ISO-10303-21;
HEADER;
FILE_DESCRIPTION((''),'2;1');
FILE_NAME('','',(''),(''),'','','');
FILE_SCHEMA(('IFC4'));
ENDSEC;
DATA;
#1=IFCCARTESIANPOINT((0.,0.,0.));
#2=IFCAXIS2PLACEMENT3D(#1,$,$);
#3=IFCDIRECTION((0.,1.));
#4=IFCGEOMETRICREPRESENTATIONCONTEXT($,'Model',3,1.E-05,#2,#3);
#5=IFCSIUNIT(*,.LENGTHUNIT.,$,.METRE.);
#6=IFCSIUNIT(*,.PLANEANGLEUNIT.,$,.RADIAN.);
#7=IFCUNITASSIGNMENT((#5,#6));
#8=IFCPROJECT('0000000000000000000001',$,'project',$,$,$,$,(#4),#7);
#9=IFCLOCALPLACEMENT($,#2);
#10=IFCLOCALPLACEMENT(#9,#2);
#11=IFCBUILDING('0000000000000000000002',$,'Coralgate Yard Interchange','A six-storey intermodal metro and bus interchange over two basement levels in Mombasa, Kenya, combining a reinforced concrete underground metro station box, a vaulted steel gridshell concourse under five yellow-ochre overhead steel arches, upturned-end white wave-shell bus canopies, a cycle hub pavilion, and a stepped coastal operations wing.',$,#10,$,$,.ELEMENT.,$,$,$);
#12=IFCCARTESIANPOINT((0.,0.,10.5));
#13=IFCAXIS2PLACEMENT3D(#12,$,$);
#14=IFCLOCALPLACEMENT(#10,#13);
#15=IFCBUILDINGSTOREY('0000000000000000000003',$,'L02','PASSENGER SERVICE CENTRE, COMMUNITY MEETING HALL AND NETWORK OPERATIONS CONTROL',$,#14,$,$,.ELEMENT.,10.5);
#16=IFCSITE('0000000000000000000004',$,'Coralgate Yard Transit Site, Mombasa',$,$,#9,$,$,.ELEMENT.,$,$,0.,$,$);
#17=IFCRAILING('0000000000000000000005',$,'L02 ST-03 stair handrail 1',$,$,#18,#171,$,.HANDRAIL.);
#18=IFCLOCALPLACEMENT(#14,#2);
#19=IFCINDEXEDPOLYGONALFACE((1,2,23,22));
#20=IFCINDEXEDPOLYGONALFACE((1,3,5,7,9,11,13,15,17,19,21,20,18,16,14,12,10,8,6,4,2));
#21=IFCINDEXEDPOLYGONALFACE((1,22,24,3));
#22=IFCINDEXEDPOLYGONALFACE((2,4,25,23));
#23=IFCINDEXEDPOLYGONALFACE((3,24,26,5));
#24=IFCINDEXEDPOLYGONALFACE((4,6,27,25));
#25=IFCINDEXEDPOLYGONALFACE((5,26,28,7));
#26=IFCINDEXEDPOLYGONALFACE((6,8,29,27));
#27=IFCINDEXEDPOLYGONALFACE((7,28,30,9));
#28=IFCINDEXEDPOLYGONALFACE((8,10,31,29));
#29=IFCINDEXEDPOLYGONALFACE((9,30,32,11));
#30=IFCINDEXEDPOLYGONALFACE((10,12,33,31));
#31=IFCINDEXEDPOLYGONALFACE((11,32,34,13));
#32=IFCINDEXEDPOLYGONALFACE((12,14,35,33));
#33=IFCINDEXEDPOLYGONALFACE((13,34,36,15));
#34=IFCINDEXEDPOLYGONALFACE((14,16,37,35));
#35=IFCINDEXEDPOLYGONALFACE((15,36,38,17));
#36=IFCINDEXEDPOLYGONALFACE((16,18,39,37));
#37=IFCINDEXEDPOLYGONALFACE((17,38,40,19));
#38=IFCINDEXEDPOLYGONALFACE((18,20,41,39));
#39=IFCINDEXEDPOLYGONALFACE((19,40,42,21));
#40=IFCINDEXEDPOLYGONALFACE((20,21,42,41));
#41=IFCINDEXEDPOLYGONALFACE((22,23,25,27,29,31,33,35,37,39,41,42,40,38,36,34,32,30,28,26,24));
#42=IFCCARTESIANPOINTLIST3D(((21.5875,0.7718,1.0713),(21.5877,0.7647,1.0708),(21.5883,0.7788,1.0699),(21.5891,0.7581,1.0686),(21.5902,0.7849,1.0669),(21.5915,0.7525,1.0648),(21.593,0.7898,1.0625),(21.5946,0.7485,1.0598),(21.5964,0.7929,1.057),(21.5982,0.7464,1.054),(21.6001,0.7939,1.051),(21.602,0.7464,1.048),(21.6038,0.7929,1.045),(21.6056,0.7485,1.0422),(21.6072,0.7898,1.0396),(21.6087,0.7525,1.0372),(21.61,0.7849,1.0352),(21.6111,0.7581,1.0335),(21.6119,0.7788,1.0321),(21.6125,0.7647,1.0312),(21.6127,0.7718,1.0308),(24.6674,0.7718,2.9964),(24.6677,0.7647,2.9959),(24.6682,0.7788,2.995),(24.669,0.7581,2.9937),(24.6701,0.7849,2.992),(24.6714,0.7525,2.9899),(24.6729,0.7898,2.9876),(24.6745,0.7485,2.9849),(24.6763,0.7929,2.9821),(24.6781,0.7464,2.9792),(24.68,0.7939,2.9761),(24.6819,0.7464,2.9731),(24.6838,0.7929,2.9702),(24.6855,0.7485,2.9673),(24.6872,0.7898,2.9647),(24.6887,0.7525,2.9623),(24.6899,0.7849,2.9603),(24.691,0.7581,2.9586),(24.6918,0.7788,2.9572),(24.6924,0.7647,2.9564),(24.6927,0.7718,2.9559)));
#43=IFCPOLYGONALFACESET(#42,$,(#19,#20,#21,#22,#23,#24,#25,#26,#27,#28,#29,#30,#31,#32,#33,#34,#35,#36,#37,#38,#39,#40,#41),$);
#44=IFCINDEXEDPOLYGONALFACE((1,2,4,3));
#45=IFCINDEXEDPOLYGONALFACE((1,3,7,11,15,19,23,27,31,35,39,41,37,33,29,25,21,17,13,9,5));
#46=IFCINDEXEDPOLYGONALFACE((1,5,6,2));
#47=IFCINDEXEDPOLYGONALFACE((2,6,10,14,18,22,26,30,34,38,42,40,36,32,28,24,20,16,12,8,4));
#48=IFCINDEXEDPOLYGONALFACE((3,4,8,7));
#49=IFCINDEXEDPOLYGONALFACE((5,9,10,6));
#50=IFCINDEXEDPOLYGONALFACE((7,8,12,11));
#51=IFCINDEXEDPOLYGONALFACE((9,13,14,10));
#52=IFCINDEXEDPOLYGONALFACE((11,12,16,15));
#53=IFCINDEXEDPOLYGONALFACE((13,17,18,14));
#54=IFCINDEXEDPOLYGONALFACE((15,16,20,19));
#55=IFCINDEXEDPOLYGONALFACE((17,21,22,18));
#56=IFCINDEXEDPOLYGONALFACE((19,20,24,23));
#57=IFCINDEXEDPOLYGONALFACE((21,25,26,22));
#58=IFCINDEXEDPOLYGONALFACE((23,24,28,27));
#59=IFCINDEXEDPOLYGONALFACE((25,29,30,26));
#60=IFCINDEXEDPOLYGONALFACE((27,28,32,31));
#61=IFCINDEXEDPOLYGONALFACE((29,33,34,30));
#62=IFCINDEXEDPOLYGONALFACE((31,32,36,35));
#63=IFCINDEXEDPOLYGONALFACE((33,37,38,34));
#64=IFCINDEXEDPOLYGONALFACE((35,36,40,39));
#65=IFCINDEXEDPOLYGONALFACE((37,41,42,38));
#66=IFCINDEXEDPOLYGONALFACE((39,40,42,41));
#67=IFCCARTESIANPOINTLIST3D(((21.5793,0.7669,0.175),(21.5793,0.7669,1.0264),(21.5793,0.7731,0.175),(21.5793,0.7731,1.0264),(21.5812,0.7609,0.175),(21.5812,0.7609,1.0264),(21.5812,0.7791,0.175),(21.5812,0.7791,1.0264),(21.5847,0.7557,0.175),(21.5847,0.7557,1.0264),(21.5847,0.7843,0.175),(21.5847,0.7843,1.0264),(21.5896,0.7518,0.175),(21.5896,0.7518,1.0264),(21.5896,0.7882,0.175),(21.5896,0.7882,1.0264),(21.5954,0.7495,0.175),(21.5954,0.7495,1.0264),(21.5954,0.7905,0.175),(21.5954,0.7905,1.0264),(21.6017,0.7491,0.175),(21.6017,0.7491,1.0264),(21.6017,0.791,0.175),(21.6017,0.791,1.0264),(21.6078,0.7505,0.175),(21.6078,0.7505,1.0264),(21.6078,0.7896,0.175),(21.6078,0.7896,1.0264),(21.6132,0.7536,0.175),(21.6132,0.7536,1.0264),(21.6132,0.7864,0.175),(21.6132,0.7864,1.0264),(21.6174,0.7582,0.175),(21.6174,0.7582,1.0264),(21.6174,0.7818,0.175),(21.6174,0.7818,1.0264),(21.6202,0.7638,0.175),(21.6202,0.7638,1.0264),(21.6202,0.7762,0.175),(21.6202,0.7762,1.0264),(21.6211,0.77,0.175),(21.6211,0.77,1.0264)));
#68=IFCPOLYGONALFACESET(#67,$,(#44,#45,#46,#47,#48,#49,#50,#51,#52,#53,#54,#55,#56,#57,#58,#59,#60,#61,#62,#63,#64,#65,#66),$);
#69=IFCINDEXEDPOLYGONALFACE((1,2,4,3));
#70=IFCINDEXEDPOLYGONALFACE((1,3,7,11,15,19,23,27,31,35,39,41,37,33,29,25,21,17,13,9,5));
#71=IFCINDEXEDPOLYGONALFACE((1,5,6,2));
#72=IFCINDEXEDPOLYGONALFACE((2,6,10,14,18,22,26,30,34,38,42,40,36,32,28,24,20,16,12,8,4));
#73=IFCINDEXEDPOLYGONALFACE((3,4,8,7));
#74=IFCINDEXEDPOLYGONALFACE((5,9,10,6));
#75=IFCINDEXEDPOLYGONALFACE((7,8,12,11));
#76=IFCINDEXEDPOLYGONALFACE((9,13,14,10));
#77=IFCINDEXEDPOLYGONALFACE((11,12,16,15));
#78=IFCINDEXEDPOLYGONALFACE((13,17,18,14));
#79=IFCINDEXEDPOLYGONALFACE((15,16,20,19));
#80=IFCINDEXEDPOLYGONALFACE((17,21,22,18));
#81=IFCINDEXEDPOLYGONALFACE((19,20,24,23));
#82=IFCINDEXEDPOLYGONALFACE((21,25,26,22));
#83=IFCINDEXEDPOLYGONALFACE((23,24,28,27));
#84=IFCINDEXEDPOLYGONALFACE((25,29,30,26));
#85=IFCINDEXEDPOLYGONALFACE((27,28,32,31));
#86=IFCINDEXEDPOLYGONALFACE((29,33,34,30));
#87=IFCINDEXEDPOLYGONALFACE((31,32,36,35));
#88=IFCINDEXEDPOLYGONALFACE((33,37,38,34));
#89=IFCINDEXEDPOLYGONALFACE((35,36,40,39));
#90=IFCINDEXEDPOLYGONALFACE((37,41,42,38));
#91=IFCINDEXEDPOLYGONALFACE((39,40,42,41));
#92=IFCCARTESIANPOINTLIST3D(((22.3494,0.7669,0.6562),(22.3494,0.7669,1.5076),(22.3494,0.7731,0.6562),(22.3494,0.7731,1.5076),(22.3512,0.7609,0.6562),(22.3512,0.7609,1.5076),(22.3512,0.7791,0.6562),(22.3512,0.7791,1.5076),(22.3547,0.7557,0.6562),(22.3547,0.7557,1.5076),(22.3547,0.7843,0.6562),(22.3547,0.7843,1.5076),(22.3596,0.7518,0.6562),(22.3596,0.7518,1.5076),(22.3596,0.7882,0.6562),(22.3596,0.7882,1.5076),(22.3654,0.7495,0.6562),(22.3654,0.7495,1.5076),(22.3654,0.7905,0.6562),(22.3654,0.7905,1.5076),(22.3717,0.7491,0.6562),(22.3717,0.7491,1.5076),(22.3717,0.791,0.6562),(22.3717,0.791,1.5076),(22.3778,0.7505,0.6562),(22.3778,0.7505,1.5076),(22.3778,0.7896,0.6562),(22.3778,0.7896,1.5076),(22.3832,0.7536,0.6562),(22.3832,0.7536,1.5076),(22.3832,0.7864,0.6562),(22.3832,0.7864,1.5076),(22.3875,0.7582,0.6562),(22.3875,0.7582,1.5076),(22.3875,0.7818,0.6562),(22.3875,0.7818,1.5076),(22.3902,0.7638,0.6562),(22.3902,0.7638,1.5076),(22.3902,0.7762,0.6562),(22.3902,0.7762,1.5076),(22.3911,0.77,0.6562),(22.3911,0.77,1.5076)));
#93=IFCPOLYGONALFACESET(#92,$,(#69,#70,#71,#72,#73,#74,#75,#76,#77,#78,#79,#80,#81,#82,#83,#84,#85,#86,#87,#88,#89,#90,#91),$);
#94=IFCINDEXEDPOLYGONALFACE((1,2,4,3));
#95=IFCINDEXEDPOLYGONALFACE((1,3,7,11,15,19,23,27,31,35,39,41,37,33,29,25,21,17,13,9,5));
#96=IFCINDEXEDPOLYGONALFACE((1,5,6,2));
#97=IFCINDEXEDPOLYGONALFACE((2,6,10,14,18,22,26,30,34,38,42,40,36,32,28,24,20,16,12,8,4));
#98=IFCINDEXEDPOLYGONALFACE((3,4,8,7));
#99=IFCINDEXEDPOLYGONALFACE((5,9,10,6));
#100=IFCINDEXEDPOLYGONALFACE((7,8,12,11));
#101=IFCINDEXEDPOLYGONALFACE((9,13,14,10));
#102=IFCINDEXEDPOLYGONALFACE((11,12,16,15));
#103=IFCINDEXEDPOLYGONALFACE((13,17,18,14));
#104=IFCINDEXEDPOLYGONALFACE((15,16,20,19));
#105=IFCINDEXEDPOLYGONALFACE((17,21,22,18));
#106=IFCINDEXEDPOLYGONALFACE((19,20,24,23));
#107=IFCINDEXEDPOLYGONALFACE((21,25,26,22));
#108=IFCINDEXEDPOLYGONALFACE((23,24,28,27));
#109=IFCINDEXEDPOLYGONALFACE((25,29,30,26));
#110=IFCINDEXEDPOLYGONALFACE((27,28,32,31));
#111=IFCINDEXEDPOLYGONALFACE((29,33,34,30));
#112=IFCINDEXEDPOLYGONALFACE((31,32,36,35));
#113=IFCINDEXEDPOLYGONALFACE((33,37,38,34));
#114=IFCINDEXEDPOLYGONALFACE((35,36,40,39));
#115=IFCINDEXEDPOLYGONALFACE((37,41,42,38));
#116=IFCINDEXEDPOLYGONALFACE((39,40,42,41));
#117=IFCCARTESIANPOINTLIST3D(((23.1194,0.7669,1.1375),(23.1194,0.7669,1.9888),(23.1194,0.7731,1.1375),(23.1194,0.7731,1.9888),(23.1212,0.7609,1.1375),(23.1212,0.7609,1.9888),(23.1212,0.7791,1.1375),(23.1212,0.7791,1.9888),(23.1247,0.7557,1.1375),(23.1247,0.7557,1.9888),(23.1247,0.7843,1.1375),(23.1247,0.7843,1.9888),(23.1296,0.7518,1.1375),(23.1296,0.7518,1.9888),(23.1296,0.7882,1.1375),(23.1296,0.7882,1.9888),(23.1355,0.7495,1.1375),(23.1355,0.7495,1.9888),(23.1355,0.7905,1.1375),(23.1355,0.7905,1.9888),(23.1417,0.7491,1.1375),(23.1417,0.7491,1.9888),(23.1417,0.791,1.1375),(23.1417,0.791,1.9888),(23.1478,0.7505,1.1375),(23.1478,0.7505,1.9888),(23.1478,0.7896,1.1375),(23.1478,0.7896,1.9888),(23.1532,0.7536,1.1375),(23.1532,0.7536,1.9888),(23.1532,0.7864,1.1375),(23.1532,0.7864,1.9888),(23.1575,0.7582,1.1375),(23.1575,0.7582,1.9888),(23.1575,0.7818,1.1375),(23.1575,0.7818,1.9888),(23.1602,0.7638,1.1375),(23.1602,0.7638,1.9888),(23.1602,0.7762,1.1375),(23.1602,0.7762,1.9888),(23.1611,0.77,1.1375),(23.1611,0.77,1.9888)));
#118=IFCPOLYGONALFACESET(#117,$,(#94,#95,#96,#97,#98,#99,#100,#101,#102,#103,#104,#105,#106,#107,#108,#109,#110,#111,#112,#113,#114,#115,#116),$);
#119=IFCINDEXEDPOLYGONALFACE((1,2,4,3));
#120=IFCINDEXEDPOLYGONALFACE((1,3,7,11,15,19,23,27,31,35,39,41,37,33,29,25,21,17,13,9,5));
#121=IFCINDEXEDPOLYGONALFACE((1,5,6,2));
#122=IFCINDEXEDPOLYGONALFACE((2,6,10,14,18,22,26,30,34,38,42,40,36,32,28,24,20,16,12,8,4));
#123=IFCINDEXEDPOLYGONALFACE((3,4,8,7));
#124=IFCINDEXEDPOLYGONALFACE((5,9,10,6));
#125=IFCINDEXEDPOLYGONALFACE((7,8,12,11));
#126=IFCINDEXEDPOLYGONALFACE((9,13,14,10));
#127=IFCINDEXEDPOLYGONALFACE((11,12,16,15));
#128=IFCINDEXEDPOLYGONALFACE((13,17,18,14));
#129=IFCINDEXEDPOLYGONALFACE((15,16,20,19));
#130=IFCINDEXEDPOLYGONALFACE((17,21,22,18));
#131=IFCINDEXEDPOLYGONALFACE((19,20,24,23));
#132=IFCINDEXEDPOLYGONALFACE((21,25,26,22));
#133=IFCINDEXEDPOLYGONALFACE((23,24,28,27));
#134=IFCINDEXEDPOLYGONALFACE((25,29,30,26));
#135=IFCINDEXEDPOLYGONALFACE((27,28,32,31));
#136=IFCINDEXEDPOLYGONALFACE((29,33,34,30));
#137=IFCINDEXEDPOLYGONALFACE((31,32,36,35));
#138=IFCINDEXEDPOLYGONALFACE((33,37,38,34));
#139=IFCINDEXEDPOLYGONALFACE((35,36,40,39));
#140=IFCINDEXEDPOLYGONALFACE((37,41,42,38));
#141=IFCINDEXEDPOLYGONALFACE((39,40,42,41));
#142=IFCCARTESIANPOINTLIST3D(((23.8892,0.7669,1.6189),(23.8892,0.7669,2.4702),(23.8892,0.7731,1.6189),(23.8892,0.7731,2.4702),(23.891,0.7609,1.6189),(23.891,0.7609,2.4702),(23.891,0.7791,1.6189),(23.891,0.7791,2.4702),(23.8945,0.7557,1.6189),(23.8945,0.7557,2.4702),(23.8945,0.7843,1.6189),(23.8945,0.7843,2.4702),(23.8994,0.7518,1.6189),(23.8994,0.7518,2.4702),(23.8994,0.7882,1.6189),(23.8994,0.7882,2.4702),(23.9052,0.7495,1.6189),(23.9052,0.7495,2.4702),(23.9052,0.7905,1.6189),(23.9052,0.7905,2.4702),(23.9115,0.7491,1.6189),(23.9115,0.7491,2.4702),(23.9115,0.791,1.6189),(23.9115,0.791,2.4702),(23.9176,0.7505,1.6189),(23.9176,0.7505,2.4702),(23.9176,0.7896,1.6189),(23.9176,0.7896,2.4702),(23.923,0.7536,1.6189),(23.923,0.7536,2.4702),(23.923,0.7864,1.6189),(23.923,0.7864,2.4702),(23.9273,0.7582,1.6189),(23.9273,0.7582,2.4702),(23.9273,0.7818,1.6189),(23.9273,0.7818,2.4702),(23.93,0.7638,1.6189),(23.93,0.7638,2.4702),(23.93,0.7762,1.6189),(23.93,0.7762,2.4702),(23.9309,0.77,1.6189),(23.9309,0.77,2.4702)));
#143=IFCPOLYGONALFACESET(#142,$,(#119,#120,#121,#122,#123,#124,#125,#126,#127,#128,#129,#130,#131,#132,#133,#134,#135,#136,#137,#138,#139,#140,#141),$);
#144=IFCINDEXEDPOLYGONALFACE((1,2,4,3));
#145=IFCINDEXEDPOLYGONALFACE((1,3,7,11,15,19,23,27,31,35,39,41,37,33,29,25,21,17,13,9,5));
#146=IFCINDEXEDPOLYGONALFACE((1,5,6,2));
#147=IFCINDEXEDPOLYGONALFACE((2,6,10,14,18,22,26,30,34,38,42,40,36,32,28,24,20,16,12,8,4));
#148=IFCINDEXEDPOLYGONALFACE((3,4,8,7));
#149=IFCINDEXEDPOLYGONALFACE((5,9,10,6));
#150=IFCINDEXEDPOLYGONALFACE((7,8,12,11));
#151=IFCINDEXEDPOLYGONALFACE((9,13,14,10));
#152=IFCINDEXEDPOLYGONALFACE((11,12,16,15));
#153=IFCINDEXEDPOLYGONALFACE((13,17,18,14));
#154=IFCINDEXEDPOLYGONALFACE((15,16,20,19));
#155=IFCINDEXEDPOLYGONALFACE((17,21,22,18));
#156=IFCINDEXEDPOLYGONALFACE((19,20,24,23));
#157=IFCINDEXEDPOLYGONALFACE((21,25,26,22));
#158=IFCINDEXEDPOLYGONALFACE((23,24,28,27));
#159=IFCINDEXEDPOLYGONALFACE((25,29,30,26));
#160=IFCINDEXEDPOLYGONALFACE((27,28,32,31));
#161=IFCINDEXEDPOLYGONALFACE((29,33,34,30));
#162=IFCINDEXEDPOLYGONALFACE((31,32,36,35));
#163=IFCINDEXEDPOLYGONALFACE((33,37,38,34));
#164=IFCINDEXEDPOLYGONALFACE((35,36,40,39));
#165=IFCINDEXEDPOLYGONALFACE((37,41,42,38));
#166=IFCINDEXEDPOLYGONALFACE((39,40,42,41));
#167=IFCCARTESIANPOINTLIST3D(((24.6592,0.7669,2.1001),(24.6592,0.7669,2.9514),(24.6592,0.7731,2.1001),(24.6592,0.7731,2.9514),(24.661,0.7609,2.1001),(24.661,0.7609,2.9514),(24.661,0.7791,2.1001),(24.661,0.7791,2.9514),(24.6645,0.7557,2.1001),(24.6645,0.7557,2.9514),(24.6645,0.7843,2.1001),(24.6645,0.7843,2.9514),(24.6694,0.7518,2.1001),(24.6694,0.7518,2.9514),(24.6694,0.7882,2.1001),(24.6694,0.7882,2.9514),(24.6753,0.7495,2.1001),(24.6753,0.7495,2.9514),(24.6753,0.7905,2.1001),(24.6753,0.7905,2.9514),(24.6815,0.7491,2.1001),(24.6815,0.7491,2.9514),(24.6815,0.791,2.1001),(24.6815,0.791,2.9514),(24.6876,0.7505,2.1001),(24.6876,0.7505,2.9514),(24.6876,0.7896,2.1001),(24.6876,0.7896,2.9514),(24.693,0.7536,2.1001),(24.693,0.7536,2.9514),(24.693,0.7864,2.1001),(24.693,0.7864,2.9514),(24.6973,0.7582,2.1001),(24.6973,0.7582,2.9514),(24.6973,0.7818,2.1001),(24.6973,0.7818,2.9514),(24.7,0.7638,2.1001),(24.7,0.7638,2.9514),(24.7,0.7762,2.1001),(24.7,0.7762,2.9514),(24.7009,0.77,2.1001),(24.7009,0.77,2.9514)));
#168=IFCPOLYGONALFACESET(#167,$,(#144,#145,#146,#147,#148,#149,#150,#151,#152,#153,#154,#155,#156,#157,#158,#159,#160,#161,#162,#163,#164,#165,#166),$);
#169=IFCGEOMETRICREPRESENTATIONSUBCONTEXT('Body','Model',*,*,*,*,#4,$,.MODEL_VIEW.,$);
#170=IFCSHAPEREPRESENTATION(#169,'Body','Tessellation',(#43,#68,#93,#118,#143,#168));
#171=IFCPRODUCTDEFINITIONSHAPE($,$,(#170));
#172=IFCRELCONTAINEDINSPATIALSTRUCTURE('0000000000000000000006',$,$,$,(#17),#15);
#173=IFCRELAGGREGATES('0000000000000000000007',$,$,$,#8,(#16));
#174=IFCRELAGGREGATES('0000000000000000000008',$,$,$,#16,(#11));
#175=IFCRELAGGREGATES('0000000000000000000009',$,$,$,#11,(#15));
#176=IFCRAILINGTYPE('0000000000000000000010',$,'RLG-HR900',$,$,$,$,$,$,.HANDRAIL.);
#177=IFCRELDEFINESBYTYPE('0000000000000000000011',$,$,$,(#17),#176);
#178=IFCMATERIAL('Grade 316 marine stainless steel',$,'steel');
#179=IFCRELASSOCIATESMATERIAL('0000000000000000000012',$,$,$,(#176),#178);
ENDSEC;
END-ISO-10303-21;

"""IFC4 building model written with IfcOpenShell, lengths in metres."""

from ifc_helpers import new_model, si_unit, direction, frame, origin, origin_2d, place, context, subcontext, project, spatial, circle, extrude, material, type_object, element, save


model = new_model("IFC4")

# Units and contexts
model_context = context("Model", 3, precision=1e-05, world=origin(), true_north=direction((0.0, 1.0)))
body_context = subcontext(model_context, "Body", "Model", "MODEL_VIEW")
ifc_project = project(units=[si_unit("LENGTHUNIT", "METRE"), si_unit("PLANEANGLEUNIT", "RADIAN")], contexts=[model_context])

# Site, building, storey
site_placement = place(None, origin())
site = spatial("IfcSite", under=ifc_project, at=site_placement, Name="Coralgate Yard Transit Site, Mombasa", CompositionType="ELEMENT", RefElevation=0.0)
building_placement = place(site_placement, origin())
building = spatial("IfcBuilding", under=site, at=building_placement, Name="Coralgate Yard Interchange", Description="A six-storey intermodal metro and bus interchange over two basement levels in Mombasa, Kenya, combining a reinforced concrete underground metro station box, a vaulted steel gridshell concourse under five yellow-ochre overhead steel arches, upturned-end white wave-shell bus canopies, a cycle hub pavilion, and a stepped coastal operations wing.", CompositionType="ELEMENT")
storey_placement = place(building_placement, frame((0.0, 0.0, 10.5)))
storey = spatial("IfcBuildingStorey", under=building, at=storey_placement, Name="L02", Description="PASSENGER SERVICE CENTRE, COMMUNITY MEETING HALL AND NETWORK OPERATIONS CONTROL", CompositionType="ELEMENT", Elevation=10.5)

# Railing
ifc_material_1 = material(Name="Grade 316 marine stainless steel", Category="steel")
railing_type_1 = type_object("IfcRailingType", Name="RLG-HR900", PredefinedType="HANDRAIL", material=ifc_material_1)
railing_1_placement = place(storey_placement, frame((21.6001, 0.77, 0.175)))
element("IfcRailing", 1, at=railing_1_placement, inside=storey, type_object=railing_type_1, Name="L02 ST-03 stair handrail 1", PredefinedType="HANDRAIL", context=body_context, shape_type="SweptSolid", body=[
    extrude(circle(Radius=0.0239, at=origin_2d()), frame((0.0, 0.0, 0.876), z_axis=(0.847979, 0.0, 0.530029), x_axis=(0.0, 1.0, 0.0)), (0.0, 0.0, 1.0), 3.6321),
    extrude(circle(Radius=0.021, at=origin_2d()), origin(), (0.0, 0.0, 1.0), 0.8513),
    extrude(circle(Radius=0.021, at=origin_2d()), frame((0.77, 0.0, 0.4812)), (0.0, 0.0, 1.0), 0.8513),
    extrude(circle(Radius=0.021, at=origin_2d()), frame((1.54, 0.0, 0.9624)), (0.0, 0.0, 1.0), 0.8513),
    extrude(circle(Radius=0.021, at=origin_2d()), frame((2.3098, 0.0, 1.4438)), (0.0, 0.0, 1.0), 0.8513),
    extrude(circle(Radius=0.021, at=origin_2d()), frame((3.0798, 0.0, 1.925)), (0.0, 0.0, 1.0), 0.8513),
])

save(model, "model.ifc")
